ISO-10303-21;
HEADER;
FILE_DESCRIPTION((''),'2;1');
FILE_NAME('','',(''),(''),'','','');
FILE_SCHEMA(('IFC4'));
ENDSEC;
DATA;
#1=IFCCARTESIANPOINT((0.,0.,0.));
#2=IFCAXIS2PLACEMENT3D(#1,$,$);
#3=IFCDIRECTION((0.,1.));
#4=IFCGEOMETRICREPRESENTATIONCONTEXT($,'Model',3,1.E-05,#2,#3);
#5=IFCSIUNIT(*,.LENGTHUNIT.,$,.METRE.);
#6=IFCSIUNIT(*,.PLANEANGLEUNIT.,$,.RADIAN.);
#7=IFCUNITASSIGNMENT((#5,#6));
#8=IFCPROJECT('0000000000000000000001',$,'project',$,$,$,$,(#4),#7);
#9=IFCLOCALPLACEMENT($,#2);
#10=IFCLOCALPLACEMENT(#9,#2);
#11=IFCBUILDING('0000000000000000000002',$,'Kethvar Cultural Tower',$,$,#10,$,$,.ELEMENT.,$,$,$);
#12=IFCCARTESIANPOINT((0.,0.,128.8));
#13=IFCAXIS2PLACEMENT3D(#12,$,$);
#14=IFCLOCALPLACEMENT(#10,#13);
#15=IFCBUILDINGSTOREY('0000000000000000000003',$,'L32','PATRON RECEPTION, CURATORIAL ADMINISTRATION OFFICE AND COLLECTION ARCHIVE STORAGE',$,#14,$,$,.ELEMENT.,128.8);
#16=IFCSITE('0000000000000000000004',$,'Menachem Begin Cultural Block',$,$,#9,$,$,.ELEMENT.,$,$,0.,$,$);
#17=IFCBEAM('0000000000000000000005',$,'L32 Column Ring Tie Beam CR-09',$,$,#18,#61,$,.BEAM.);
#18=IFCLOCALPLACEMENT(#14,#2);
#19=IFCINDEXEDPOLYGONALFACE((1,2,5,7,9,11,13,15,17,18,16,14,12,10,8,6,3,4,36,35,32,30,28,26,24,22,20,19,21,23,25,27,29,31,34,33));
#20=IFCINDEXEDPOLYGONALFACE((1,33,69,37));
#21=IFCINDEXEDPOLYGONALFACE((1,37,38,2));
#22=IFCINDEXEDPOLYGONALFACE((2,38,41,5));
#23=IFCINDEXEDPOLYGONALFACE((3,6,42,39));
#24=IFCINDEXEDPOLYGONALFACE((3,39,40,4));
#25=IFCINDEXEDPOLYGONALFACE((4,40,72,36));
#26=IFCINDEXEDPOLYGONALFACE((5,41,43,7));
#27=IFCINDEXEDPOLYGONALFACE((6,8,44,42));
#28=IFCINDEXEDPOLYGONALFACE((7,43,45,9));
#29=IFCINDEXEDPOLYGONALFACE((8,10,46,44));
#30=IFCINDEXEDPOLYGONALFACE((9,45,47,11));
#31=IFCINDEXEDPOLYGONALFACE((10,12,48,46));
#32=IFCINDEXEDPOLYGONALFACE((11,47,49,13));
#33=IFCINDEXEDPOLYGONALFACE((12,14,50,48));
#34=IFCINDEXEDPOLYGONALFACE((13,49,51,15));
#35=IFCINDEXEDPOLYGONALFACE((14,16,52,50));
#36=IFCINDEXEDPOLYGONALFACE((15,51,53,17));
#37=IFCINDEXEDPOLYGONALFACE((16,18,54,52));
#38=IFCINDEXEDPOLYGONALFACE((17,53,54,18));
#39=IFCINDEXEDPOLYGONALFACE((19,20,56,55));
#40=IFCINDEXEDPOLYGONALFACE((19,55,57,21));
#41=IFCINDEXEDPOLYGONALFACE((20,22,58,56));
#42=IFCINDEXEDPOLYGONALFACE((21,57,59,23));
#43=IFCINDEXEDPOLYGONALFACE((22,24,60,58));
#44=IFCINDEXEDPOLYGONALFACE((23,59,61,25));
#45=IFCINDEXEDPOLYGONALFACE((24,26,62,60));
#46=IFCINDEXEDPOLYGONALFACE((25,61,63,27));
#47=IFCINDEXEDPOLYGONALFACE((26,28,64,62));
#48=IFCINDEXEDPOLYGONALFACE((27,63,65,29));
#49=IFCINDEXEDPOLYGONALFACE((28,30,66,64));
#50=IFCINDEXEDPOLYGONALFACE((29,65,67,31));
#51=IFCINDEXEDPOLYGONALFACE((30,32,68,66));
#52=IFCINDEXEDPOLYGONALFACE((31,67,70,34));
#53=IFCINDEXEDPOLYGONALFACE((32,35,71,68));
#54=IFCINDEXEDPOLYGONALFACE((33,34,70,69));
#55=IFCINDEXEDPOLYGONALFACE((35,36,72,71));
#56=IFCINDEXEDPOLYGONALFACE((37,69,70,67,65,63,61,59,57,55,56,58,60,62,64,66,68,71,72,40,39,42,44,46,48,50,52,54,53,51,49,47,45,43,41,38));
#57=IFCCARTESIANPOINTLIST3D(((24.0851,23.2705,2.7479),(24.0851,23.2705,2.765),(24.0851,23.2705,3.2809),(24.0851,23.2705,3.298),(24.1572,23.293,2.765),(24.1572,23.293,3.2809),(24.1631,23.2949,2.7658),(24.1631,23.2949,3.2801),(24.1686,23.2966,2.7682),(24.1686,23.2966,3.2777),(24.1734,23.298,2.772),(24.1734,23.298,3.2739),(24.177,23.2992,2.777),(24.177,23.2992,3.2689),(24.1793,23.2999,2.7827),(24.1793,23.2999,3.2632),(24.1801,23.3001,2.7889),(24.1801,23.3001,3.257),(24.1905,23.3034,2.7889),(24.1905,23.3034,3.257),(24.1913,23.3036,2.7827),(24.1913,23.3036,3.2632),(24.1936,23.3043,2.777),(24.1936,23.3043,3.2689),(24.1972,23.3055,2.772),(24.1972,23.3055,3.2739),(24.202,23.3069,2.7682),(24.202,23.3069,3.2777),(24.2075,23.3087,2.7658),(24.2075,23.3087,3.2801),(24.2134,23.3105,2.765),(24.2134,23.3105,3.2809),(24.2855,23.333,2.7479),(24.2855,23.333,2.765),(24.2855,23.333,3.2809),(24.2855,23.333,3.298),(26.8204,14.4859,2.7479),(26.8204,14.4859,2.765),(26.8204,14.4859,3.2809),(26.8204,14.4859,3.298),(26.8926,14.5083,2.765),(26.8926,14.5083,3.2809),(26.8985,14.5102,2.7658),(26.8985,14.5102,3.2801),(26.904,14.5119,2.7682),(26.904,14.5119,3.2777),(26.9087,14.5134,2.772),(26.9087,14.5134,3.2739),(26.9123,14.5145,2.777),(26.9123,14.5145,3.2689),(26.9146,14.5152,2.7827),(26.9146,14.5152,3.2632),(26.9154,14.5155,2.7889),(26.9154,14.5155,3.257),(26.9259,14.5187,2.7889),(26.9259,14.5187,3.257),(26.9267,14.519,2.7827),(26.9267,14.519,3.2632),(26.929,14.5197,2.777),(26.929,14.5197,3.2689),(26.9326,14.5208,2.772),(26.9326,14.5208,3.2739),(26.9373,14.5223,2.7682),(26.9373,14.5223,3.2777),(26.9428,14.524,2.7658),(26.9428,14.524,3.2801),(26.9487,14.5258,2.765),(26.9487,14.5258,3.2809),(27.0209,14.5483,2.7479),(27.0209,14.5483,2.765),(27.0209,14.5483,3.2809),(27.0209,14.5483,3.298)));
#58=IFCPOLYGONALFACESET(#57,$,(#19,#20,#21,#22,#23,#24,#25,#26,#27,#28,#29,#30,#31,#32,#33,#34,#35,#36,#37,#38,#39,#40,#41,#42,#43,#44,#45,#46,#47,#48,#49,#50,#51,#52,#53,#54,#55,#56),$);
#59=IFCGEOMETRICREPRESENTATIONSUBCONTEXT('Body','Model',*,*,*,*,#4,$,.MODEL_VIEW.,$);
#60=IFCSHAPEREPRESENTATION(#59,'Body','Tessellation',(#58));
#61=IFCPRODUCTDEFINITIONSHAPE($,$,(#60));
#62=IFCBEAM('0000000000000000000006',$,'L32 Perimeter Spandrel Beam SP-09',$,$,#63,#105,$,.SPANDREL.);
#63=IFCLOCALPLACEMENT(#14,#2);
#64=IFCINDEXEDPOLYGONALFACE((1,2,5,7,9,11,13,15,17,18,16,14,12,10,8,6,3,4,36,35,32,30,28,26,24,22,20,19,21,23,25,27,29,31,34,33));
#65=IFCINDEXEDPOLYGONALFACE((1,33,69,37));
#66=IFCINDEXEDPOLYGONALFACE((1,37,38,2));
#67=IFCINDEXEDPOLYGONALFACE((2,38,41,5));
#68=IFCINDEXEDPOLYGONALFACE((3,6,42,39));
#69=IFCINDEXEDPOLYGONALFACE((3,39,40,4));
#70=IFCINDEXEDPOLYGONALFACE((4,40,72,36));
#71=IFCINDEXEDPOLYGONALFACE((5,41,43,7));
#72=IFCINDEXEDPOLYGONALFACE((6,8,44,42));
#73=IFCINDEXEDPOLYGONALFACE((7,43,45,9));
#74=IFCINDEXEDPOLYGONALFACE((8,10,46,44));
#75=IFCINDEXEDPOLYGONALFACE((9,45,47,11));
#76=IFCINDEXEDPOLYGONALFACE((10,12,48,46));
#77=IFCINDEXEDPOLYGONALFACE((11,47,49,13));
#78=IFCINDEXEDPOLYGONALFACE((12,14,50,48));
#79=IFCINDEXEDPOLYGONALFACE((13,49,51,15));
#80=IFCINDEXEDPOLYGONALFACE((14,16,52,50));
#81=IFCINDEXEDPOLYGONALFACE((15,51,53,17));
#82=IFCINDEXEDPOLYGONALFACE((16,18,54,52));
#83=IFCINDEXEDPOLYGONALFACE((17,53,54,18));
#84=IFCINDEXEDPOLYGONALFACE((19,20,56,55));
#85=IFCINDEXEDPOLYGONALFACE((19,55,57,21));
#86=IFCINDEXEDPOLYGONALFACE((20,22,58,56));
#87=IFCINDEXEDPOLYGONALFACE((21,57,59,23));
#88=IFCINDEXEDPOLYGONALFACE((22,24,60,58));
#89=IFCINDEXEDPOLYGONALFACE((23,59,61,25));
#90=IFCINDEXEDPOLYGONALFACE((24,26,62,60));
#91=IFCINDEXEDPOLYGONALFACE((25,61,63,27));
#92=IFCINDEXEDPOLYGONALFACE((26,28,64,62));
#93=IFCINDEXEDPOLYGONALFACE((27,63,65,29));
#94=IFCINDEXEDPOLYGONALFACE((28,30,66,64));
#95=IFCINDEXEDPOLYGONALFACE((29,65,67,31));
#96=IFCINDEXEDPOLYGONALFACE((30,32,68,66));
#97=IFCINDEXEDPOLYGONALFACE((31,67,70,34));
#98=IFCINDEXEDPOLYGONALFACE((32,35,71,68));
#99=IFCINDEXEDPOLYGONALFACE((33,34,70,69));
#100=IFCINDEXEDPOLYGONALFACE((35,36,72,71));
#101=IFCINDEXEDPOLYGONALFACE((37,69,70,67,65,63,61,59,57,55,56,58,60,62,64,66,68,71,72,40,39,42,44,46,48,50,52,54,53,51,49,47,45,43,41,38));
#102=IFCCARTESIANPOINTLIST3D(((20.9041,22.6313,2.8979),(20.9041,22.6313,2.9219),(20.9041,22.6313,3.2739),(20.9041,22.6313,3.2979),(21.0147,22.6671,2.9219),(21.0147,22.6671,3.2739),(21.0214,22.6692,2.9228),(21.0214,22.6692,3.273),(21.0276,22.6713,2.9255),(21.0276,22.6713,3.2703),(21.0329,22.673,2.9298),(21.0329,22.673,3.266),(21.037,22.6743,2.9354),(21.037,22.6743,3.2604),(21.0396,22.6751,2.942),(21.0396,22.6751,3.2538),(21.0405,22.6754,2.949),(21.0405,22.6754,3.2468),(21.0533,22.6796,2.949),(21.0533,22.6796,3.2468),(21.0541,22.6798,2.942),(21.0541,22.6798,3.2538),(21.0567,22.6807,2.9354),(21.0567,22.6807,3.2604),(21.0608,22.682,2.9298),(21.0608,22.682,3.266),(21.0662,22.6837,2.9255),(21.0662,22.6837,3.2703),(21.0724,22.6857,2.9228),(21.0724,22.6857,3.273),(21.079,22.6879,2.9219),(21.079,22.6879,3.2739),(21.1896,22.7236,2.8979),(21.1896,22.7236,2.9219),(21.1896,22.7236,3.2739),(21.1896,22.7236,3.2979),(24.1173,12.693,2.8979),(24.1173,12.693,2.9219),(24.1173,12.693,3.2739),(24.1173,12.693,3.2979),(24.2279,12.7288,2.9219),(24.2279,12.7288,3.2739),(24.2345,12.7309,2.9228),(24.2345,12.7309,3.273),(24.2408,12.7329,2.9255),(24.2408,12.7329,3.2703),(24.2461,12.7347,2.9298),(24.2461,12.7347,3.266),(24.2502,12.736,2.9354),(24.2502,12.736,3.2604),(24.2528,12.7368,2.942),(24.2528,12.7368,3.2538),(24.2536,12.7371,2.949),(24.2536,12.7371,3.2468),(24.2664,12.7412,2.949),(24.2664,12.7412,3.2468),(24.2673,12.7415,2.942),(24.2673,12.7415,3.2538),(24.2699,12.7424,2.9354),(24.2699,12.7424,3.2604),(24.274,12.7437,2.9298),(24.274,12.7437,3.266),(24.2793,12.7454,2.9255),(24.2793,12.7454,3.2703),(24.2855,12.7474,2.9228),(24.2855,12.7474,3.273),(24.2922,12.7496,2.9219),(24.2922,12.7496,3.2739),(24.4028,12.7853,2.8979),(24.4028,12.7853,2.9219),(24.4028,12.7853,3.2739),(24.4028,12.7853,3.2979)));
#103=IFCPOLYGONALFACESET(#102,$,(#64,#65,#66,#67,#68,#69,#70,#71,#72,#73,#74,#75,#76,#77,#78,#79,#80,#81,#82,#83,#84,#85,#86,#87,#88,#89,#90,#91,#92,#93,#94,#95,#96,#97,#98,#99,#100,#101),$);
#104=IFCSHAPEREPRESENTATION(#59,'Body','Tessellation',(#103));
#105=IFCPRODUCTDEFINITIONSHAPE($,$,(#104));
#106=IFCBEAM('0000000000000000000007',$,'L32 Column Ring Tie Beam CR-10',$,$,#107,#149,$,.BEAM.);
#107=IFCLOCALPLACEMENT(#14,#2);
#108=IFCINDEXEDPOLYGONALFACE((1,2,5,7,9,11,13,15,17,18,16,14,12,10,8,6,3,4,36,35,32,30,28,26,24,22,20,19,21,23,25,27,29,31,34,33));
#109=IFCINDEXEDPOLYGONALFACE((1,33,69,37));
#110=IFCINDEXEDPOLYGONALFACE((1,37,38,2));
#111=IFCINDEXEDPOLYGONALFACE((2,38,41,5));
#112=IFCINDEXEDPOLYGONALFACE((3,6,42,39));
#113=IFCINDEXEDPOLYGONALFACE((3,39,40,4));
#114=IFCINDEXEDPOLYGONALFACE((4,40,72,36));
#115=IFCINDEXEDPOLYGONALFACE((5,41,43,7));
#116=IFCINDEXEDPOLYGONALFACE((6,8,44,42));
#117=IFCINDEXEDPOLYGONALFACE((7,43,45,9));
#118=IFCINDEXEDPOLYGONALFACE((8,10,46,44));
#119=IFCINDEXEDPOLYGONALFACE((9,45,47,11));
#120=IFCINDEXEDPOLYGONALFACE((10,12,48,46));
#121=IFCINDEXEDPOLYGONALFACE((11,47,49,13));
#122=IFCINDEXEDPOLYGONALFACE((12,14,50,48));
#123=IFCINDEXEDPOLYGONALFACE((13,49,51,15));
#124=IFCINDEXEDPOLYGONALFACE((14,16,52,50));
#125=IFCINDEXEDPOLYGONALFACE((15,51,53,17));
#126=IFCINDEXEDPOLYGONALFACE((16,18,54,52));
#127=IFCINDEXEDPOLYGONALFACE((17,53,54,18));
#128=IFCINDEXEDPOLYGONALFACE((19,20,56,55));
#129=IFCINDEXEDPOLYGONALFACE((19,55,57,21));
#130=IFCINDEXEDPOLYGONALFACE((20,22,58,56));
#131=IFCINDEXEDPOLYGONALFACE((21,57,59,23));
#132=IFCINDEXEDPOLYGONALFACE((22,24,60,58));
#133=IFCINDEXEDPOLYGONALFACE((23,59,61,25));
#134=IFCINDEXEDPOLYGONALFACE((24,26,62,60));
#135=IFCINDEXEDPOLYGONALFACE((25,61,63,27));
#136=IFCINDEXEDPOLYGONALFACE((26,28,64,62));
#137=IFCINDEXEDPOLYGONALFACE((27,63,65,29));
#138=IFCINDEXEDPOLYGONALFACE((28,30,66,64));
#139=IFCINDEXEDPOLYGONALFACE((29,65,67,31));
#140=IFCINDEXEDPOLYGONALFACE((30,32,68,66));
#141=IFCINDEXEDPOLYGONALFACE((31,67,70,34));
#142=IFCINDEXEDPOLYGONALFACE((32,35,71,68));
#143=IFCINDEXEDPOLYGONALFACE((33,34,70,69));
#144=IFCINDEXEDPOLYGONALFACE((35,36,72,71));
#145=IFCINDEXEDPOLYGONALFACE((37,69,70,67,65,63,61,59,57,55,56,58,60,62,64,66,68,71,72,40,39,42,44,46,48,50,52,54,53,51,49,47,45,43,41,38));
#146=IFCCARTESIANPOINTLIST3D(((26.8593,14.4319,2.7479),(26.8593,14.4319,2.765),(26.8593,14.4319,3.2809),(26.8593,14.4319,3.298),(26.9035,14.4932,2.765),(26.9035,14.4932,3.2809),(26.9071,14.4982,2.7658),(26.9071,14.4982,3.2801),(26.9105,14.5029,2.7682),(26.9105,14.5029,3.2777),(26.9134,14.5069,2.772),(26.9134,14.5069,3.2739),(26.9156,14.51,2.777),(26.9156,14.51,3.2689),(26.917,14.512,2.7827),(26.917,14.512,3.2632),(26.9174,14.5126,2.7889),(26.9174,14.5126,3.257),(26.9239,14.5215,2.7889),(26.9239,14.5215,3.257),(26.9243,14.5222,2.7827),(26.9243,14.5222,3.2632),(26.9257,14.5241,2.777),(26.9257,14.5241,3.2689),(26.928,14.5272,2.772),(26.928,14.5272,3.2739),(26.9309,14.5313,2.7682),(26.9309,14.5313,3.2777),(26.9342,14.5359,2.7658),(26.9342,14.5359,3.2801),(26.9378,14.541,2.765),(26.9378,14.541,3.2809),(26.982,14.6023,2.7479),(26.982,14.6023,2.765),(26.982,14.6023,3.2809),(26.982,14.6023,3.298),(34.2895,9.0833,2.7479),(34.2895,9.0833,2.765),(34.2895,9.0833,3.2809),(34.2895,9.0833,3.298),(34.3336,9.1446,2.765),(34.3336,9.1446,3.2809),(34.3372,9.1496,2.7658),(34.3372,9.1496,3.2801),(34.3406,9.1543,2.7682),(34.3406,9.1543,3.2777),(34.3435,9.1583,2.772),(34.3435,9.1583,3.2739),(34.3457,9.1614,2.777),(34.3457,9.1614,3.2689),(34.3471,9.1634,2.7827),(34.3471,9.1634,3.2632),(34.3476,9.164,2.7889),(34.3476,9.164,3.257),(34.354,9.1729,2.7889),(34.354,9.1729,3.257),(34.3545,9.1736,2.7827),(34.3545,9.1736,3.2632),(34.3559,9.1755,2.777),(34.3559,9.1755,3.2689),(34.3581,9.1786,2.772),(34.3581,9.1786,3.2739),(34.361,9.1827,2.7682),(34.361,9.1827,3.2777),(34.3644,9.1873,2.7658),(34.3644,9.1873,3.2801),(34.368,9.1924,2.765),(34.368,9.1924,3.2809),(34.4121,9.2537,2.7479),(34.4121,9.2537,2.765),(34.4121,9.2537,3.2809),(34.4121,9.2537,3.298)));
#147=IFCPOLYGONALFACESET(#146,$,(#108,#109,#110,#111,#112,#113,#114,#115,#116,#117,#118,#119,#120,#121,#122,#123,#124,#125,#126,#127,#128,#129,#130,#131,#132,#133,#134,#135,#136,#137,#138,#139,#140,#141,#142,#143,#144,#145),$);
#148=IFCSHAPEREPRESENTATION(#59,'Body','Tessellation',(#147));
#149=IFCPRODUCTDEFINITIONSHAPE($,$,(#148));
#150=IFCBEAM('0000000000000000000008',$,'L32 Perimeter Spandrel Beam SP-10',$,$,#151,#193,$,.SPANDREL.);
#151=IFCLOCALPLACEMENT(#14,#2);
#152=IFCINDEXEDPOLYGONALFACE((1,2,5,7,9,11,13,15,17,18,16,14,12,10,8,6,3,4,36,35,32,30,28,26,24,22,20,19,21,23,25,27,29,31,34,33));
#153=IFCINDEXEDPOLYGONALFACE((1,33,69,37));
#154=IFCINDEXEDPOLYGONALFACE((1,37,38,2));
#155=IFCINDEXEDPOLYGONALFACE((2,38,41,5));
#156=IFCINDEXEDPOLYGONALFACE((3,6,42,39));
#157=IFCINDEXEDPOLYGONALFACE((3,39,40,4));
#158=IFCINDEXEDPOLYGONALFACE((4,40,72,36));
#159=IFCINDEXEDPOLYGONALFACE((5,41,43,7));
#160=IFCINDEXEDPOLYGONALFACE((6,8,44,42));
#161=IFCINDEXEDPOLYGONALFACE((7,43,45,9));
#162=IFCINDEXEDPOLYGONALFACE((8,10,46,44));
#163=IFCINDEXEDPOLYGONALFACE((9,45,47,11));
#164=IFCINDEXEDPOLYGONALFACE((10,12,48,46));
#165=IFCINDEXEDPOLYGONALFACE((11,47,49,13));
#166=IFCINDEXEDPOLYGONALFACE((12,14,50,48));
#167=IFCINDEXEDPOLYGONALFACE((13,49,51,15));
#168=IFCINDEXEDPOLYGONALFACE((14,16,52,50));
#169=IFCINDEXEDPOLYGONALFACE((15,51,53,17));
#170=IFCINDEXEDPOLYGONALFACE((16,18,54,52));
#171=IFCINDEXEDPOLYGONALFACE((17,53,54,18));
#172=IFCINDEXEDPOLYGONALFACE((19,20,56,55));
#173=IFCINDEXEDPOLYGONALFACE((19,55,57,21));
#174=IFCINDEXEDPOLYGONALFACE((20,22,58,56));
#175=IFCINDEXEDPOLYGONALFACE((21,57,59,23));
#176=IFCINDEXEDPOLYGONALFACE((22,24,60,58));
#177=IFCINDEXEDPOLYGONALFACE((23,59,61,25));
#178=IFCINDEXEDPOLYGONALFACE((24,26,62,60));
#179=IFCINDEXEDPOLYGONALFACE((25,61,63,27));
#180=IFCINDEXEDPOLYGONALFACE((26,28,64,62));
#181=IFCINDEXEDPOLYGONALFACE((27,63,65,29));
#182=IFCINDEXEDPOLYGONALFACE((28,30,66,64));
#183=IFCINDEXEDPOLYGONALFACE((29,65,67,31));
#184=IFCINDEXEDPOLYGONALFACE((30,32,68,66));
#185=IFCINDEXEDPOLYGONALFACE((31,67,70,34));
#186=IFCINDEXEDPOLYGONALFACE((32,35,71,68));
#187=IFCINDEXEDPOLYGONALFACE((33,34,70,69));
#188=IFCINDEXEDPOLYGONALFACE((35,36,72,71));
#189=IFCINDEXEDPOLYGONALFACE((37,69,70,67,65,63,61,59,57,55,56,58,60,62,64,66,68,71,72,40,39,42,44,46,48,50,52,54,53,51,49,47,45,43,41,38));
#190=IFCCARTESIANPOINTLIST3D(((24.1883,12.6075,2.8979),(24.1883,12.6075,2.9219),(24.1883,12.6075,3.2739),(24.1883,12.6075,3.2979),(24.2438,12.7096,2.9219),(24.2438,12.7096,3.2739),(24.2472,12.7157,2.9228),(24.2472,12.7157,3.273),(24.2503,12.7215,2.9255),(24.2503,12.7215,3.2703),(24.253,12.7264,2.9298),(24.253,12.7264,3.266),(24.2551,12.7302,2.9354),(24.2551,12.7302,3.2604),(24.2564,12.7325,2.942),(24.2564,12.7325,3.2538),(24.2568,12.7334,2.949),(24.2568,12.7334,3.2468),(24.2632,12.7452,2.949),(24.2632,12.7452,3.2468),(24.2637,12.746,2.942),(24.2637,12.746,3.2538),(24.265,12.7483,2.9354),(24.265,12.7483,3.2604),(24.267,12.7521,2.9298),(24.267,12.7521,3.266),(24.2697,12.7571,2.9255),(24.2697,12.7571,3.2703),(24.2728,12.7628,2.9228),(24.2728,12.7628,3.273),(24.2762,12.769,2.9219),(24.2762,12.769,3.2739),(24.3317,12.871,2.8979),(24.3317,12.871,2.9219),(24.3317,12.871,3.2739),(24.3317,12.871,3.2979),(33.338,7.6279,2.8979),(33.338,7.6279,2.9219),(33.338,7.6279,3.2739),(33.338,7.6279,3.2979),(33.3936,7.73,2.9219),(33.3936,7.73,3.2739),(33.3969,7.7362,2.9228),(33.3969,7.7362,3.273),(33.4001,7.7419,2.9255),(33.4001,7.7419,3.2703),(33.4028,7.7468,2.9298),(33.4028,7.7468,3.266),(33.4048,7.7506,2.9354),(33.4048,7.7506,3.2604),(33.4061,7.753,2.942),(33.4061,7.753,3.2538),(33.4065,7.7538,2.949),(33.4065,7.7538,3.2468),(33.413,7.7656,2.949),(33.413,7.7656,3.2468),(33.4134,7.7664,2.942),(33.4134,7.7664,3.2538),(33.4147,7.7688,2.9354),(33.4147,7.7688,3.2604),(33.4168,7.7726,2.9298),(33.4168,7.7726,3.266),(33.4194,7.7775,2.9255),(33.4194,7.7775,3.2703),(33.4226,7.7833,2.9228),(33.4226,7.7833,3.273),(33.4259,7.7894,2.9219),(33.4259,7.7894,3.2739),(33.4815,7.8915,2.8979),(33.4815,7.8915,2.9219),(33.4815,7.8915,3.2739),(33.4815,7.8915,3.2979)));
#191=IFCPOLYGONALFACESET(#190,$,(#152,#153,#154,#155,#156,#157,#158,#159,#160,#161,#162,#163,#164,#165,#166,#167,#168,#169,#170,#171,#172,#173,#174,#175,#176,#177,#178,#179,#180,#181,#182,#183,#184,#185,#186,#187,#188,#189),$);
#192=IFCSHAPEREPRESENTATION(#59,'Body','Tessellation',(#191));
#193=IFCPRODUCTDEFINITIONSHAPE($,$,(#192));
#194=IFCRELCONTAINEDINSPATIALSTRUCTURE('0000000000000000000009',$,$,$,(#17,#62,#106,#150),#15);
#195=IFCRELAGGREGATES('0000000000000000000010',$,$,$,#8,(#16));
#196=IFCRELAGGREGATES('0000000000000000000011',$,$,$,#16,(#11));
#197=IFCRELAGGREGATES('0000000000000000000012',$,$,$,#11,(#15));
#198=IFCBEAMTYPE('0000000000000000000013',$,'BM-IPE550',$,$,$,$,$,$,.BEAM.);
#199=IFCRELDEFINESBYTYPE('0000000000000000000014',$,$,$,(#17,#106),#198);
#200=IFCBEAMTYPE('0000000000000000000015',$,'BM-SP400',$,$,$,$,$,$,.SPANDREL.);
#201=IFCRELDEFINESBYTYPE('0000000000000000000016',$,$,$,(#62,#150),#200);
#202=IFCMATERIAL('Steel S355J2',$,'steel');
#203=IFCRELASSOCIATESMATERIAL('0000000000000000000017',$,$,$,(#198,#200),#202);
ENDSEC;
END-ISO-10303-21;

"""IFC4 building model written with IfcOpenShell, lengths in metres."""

from ifc_helpers import new_model, si_unit, direction, frame, origin, origin_2d, place, context, subcontext, project, spatial, i_section, extrude, source, transform, mapped, material, material_profile, profile_set, type_object, element, save


model = new_model("IFC4")

# Units and contexts
model_context = context("Model", 3, precision=1e-05, world=origin(), true_north=direction((0.0, 1.0)))
body_context = subcontext(model_context, "Body", "Model", "MODEL_VIEW")
ifc_project = project(units=[si_unit("LENGTHUNIT", "METRE"), si_unit("PLANEANGLEUNIT", "RADIAN")], contexts=[model_context])

# Site, building, storey
site_placement = place(None, origin())
site = spatial("IfcSite", under=ifc_project, at=site_placement, Name="Menachem Begin Cultural Block", CompositionType="ELEMENT", RefElevation=0.0)
building_placement = place(site_placement, origin())
building = spatial("IfcBuilding", under=site, at=building_placement, Name="Kethvar Cultural Tower", CompositionType="ELEMENT")
storey_placement = place(building_placement, frame((0.0, 0.0, 128.8)))
storey = spatial("IfcBuildingStorey", under=building, at=storey_placement, Name="L32", Description="PATRON RECEPTION, CURATORIAL ADMINISTRATION OFFICE AND COLLECTION ARCHIVE STORAGE", CompositionType="ELEMENT", Elevation=128.8)

# Beams
ifc_material_1 = material(Name="Steel S355J2", Category="steel")
ifc_material_profile_1 = material_profile(ifc_material_1, i_section(OverallWidth=0.21, OverallDepth=0.55, WebThickness=0.011, FlangeThickness=0.0171, FilletRadius=0.0239, at=origin_2d()), Name="Steel S355J2 — IPE550")
ifc_profile_set_1 = profile_set([ifc_material_profile_1], Name="Steel S355J2 — IPE550")
beam_type_1 = type_object("IfcBeamType", Name="BM-IPE550", PredefinedType="BEAM", material=ifc_profile_set_1)
shared_shape_1 = source(origin(), body_context, "Body", "SweptSolid", [
    extrude(i_section(OverallWidth=0.21, OverallDepth=0.55, WebThickness=0.011, FlangeThickness=0.0171, FilletRadius=0.0239, at=origin_2d()), origin(), (0.0, 0.0, 1.0), 9.2007),
])
beam_1_placement = place(storey_placement, frame((24.1853, 23.3018, 3.0229), z_axis=(0.297299, -0.954784, 0.0), x_axis=(0.954784, 0.297299, 0.0)))
element("IfcBeam", 1, at=beam_1_placement, inside=storey, type_object=beam_type_1, Name="L32 Column Ring Tie Beam CR-09", PredefinedType="BEAM", context=body_context, shape_type="MappedRepresentation", body=[
    mapped(shared_shape_1, transform((0.0, 0.0, 0.0), scale=1.0)),
])
ifc_material_profile_2 = material_profile(ifc_material_1, i_section(OverallWidth=0.3, OverallDepth=0.3999, WebThickness=0.0134, FlangeThickness=0.0239, FilletRadius=0.0271, at=origin_2d()), Name="Steel S355J2 — HEB400")
ifc_profile_set_2 = profile_set([ifc_material_profile_2], Name="Steel S355J2 — HEB400")
beam_type_2 = type_object("IfcBeamType", Name="BM-SP400", PredefinedType="SPANDREL", material=ifc_profile_set_2)
shared_shape_2 = source(origin(), body_context, "Body", "SweptSolid", [
    extrude(i_section(OverallWidth=0.3, OverallDepth=0.3999, WebThickness=0.0134, FlangeThickness=0.0239, FilletRadius=0.0271, at=origin_2d()), origin(), (0.0, 0.0, 1.0), 10.4448),
])
beam_2_placement = place(storey_placement, frame((21.0469, 22.6775, 3.0979), z_axis=(0.307632, -0.951506, 0.0), x_axis=(0.951506, 0.307632, 0.0)))
element("IfcBeam", 2, at=beam_2_placement, inside=storey, type_object=beam_type_2, Name="L32 Perimeter Spandrel Beam SP-09", PredefinedType="SPANDREL", context=body_context, shape_type="MappedRepresentation", body=[
    mapped(shared_shape_2, transform((0.0, 0.0, 0.0), scale=1.0)),
])
shared_shape_3 = source(origin(), body_context, "Body", "SweptSolid", [
    extrude(i_section(OverallWidth=0.21, OverallDepth=0.55, WebThickness=0.011, FlangeThickness=0.0171, FilletRadius=0.0239, at=origin_2d()), origin(), (0.0, 0.0, 1.0), 9.155),
])
beam_3_placement = place(storey_placement, frame((26.9207, 14.5171, 3.0229), z_axis=(0.811591, -0.584226, 0.0), x_axis=(0.584226, 0.811591, 0.0)))
element("IfcBeam", 3, at=beam_3_placement, inside=storey, type_object=beam_type_1, Name="L32 Column Ring Tie Beam CR-10", PredefinedType="BEAM", context=body_context, shape_type="MappedRepresentation", body=[
    mapped(shared_shape_3, transform((0.0, 0.0, 0.0), scale=1.0)),
])
shared_shape_4 = source(origin(), body_context, "Body", "SweptSolid", [
    extrude(i_section(OverallWidth=0.3, OverallDepth=0.3999, WebThickness=0.0134, FlangeThickness=0.0239, FilletRadius=0.0271, at=origin_2d()), origin(), (0.0, 0.0, 1.0), 10.417),
])
beam_4_placement = place(storey_placement, frame((24.26, 12.7393, 3.0979), z_axis=(0.878348, -0.478021, 0.0), x_axis=(0.478021, 0.878348, 0.0)))
element("IfcBeam", 4, at=beam_4_placement, inside=storey, type_object=beam_type_2, Name="L32 Perimeter Spandrel Beam SP-10", PredefinedType="SPANDREL", context=body_context, shape_type="MappedRepresentation", body=[
    mapped(shared_shape_4, transform((0.0, 0.0, 0.0), scale=1.0)),
])

save(model, "model.ifc")
